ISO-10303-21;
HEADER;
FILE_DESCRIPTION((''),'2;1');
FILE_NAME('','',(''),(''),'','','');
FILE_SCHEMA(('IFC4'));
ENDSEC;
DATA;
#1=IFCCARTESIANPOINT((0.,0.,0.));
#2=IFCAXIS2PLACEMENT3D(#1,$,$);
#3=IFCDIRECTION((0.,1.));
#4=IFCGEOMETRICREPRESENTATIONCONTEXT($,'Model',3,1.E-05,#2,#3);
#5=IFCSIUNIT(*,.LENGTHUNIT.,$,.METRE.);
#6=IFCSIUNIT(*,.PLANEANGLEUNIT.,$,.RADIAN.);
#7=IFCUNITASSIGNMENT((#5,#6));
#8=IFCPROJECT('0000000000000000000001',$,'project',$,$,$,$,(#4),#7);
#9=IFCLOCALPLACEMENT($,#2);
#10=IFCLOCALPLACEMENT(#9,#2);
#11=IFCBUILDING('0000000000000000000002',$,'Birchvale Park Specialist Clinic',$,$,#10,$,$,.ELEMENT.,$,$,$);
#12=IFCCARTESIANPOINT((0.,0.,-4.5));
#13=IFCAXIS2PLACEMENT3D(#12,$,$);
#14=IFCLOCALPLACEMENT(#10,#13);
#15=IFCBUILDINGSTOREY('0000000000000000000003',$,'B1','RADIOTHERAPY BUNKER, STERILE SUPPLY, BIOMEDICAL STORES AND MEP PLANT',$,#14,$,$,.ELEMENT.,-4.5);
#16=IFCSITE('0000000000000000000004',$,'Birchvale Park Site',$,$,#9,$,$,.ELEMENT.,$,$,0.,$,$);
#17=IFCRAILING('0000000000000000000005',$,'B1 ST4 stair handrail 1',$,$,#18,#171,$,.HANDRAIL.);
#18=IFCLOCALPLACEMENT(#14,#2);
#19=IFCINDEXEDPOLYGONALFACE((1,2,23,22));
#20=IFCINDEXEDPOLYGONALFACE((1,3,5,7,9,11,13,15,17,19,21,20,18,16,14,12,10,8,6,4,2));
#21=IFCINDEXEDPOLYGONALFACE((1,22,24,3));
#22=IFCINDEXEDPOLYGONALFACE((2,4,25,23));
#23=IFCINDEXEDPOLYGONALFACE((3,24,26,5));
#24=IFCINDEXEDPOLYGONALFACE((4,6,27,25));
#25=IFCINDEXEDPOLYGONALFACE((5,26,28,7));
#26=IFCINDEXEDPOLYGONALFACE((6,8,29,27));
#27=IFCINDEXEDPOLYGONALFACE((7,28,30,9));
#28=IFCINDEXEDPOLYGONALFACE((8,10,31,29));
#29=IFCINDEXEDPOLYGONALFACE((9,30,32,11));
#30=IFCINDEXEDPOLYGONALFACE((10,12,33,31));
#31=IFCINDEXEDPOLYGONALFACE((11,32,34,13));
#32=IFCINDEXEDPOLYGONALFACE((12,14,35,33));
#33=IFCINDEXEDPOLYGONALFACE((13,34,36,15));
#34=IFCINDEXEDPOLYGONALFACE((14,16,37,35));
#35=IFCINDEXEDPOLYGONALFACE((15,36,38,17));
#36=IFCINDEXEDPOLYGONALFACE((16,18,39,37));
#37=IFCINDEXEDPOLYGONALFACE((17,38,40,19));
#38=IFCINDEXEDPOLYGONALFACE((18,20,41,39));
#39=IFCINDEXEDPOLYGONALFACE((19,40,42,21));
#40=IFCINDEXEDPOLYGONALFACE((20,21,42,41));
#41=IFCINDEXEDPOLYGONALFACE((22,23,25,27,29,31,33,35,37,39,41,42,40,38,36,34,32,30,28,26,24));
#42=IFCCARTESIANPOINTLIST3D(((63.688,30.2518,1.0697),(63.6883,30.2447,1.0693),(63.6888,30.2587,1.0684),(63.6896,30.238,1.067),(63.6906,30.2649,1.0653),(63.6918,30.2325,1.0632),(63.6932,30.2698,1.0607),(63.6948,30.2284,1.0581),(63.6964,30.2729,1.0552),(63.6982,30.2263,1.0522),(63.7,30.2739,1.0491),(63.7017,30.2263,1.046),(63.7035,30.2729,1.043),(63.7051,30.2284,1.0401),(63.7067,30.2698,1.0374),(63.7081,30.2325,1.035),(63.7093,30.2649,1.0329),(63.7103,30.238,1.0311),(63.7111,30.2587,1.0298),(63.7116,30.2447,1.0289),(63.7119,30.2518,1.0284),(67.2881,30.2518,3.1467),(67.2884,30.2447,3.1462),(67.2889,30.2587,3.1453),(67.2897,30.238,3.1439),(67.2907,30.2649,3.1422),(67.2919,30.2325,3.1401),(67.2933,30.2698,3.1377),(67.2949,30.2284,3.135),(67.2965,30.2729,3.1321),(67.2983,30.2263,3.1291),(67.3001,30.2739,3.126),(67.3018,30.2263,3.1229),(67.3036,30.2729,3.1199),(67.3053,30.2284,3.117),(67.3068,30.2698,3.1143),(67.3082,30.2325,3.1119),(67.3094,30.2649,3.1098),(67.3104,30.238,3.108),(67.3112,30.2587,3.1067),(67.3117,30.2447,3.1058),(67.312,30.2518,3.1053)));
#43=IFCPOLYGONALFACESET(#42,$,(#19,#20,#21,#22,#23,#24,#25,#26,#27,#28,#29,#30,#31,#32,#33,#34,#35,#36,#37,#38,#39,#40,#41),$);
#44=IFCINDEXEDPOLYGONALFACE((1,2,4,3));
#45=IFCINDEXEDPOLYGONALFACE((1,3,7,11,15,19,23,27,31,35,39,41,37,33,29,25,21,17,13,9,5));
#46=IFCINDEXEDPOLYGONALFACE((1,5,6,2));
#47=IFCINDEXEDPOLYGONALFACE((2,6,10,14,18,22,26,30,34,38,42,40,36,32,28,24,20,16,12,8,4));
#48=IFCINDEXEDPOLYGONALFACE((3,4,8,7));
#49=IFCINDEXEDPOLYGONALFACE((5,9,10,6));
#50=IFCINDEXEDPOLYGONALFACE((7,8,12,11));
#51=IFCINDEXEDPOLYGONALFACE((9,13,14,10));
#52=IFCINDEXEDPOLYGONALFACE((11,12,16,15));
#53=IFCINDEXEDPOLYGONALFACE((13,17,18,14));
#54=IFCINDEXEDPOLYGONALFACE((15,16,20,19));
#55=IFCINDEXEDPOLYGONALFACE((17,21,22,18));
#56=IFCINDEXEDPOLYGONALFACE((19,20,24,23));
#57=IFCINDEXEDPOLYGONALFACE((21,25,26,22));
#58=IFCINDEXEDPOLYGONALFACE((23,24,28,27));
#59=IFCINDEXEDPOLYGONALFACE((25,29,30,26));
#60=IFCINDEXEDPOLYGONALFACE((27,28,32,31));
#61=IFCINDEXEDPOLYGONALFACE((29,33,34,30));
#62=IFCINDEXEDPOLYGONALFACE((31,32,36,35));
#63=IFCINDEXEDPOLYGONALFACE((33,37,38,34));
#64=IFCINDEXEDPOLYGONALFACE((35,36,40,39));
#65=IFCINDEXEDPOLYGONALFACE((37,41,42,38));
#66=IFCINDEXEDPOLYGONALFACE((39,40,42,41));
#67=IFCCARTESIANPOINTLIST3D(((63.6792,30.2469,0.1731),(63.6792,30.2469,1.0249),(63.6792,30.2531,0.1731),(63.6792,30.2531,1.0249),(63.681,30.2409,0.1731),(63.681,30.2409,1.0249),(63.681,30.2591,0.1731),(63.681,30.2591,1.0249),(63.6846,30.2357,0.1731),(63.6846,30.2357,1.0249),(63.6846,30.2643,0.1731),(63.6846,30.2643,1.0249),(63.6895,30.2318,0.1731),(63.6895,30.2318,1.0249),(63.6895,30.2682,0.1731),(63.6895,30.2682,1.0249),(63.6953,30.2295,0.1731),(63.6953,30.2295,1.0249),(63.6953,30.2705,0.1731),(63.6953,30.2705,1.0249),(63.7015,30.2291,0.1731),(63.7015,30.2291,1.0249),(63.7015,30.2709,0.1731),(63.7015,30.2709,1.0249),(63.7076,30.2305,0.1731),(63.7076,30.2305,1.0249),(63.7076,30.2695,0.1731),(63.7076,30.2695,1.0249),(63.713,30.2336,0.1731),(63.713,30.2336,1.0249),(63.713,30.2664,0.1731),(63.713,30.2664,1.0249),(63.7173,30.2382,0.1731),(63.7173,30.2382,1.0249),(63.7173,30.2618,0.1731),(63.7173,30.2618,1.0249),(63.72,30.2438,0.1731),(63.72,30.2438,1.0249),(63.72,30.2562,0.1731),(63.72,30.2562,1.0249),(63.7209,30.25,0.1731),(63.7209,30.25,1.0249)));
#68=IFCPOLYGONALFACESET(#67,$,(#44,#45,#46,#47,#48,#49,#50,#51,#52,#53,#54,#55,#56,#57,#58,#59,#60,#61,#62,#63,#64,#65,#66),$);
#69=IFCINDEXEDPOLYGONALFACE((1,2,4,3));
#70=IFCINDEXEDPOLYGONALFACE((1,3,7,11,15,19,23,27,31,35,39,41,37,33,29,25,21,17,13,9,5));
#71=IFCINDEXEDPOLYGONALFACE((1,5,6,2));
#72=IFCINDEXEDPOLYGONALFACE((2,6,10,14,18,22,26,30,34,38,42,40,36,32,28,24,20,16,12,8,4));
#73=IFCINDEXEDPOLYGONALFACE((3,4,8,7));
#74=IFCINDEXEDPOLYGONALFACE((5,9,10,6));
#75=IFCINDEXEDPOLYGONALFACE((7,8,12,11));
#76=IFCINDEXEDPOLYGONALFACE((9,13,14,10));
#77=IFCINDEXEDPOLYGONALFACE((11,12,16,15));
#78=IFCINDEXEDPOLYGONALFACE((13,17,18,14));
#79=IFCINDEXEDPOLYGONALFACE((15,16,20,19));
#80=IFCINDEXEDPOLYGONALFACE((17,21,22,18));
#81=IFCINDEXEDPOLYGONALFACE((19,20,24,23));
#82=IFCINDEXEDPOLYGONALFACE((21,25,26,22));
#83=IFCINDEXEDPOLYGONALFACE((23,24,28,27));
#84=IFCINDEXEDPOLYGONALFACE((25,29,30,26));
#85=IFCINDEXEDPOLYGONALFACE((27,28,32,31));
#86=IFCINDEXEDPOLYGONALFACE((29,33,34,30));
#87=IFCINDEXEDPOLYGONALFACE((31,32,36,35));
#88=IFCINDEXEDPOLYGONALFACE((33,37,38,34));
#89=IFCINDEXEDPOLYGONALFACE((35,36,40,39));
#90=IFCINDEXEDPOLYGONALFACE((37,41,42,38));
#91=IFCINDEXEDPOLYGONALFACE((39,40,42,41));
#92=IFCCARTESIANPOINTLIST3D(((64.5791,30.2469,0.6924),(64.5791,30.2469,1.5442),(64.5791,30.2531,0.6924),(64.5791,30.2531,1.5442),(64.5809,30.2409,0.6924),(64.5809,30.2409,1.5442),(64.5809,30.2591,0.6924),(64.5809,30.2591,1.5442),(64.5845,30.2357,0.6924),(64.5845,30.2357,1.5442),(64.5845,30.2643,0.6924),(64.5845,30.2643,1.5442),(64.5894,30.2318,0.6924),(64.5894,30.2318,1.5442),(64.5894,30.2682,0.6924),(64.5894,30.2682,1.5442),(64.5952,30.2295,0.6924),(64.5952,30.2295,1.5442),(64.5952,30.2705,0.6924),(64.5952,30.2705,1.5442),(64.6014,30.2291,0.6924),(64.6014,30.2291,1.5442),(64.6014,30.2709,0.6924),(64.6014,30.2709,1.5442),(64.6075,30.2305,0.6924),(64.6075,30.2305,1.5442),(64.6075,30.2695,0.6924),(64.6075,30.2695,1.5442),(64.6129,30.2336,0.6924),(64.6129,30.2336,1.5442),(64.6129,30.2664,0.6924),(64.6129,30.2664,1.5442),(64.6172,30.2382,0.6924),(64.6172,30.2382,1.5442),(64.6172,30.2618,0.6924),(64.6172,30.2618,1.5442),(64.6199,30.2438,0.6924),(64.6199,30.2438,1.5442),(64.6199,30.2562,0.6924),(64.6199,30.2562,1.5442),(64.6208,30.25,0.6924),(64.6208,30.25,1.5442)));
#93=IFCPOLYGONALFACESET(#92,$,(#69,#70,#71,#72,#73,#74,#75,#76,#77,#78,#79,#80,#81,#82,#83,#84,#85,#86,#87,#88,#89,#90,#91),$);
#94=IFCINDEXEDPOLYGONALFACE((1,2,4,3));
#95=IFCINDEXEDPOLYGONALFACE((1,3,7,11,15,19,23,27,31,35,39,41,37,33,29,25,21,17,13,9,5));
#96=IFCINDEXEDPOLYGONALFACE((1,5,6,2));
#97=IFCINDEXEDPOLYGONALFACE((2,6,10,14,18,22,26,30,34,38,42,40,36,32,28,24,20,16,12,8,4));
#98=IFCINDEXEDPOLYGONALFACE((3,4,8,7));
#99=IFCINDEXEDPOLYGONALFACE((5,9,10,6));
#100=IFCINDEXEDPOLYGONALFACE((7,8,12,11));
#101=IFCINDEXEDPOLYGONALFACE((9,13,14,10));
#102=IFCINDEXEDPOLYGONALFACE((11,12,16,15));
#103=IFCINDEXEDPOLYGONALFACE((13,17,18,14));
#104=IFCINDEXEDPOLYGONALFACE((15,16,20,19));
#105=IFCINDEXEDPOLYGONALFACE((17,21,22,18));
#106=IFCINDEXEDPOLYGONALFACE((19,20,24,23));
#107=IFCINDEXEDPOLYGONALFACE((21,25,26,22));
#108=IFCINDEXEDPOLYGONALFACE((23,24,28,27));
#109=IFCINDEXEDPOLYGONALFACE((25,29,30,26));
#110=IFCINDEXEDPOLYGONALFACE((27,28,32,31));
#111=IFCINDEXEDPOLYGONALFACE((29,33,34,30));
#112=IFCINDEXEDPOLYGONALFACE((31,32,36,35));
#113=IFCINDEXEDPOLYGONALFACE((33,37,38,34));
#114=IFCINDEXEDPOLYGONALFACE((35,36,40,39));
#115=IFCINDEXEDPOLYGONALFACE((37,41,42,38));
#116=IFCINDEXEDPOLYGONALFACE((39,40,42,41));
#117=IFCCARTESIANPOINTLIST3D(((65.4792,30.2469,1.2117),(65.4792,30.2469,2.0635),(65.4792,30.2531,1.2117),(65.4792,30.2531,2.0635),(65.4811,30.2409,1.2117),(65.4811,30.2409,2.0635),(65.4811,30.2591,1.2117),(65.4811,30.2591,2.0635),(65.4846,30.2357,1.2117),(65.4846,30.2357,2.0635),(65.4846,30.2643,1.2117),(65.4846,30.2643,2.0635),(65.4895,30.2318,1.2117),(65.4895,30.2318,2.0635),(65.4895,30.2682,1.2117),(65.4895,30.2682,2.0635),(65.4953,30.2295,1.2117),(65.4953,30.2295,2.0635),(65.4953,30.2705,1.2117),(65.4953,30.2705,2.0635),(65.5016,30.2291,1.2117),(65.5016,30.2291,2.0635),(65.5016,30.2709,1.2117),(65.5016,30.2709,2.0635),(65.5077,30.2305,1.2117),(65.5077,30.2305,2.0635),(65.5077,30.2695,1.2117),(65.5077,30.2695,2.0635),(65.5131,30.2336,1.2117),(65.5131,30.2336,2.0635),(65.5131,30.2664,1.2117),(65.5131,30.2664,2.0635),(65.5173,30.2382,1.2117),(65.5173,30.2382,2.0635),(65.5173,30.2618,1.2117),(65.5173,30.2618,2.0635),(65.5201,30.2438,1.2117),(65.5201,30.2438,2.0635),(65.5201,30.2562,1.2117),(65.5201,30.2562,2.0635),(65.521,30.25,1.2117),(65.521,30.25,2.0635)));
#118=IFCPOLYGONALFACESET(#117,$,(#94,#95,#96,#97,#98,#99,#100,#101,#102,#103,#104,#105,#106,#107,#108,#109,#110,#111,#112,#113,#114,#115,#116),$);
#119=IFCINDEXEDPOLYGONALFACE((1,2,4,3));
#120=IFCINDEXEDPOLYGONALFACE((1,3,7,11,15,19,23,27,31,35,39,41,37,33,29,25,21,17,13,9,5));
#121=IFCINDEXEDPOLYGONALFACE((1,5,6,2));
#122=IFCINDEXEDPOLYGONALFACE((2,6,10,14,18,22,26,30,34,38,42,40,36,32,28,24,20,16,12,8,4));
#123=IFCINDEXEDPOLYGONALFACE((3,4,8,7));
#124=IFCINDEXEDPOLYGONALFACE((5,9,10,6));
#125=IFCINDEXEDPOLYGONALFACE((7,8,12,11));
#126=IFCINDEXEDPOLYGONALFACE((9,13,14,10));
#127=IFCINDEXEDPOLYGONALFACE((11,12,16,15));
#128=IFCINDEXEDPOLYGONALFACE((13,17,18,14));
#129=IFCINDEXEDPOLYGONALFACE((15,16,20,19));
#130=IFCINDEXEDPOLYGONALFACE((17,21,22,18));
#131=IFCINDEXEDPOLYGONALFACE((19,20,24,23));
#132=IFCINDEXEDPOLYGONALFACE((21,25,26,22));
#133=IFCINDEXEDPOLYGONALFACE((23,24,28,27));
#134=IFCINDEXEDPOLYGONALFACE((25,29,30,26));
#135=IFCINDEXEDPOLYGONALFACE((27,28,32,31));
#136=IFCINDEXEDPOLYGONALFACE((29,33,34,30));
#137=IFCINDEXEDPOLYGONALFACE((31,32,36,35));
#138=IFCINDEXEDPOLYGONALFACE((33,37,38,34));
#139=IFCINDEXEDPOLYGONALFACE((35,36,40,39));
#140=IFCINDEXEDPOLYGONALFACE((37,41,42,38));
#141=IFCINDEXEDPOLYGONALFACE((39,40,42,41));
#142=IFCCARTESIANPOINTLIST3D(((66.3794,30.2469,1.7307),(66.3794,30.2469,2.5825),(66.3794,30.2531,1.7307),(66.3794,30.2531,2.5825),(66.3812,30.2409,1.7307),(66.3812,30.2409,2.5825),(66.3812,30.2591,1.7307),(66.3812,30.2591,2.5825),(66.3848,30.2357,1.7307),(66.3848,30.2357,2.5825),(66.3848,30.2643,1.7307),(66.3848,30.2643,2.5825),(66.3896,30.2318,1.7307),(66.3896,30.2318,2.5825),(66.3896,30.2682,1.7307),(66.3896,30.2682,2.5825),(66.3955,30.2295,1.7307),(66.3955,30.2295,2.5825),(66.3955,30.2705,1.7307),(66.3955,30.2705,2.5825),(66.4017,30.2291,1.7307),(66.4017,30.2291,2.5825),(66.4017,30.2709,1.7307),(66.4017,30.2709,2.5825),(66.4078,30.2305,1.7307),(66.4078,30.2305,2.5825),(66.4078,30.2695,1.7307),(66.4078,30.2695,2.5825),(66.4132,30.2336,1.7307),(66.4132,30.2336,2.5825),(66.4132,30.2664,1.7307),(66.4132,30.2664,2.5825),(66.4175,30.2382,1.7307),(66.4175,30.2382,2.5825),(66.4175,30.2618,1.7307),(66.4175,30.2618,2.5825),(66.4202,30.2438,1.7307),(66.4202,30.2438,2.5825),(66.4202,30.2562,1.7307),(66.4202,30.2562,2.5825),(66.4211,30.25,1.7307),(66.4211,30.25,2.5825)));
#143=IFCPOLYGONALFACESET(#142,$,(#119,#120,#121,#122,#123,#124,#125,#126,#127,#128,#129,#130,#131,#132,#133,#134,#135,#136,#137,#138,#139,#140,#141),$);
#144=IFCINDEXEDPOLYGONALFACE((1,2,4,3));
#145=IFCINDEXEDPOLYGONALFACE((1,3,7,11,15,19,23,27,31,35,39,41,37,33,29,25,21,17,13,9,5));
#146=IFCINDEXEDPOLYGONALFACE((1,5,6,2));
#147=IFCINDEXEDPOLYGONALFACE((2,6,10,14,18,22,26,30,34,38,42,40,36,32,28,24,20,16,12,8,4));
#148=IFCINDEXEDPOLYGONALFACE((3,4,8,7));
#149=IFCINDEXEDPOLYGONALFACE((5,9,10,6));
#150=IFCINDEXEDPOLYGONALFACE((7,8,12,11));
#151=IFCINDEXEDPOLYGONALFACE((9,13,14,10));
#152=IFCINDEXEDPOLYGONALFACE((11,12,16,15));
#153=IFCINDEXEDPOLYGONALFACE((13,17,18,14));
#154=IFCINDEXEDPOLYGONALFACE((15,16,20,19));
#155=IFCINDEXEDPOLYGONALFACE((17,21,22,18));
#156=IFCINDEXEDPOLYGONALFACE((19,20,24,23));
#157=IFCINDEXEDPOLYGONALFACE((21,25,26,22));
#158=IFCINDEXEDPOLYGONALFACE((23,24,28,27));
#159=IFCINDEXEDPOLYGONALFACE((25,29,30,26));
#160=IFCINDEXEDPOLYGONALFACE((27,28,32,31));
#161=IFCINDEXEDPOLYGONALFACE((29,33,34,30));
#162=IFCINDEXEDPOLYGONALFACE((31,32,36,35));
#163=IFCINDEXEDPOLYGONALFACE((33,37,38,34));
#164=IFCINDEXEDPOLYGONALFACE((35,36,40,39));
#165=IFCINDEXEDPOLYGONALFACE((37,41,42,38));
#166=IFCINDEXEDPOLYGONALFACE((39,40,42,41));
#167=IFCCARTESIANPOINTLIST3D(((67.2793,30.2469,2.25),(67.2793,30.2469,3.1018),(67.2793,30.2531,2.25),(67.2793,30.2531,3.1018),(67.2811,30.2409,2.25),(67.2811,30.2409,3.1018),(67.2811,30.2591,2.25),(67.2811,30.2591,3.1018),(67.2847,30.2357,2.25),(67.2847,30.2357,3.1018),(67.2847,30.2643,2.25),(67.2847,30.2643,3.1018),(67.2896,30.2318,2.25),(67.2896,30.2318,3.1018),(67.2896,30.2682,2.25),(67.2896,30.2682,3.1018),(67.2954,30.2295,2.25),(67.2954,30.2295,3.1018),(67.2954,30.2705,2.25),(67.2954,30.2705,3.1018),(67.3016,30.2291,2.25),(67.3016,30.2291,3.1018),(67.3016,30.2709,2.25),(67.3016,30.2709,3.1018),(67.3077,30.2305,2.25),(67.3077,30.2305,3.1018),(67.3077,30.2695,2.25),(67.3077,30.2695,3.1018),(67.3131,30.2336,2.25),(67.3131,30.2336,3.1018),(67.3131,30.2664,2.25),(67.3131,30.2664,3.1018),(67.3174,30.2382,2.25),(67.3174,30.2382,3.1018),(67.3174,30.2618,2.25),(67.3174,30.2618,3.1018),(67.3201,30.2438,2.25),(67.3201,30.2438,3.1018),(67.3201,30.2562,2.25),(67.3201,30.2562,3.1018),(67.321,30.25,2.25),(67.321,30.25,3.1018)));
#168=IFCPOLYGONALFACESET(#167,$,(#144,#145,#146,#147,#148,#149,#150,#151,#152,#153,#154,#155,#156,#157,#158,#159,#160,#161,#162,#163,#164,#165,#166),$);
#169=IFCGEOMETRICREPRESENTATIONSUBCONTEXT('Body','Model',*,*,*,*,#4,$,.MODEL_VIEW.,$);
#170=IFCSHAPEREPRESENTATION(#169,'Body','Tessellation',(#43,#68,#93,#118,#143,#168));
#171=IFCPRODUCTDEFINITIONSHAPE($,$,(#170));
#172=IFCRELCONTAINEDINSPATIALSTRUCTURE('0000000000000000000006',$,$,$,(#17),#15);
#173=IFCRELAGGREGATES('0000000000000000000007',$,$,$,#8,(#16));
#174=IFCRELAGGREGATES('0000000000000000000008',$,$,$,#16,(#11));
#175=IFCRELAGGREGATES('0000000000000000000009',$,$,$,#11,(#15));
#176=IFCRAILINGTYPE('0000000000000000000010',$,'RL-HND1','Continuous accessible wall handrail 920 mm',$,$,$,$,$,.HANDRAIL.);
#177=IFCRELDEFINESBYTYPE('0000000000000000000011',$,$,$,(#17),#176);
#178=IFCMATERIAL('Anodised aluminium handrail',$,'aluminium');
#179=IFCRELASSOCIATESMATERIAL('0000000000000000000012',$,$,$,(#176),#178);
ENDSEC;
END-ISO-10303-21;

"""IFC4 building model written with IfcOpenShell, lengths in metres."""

from ifc_helpers import new_model, si_unit, direction, frame, origin, origin_2d, place, context, subcontext, project, spatial, circle, extrude, material, type_object, element, save


model = new_model("IFC4")

# Units and contexts
model_context = context("Model", 3, precision=1e-05, world=origin(), true_north=direction((0.0, 1.0)))
body_context = subcontext(model_context, "Body", "Model", "MODEL_VIEW")
ifc_project = project(units=[si_unit("LENGTHUNIT", "METRE"), si_unit("PLANEANGLEUNIT", "RADIAN")], contexts=[model_context])

# Site, building, storey
site_placement = place(None, origin())
site = spatial("IfcSite", under=ifc_project, at=site_placement, Name="Birchvale Park Site", CompositionType="ELEMENT", RefElevation=0.0)
building_placement = place(site_placement, origin())
building = spatial("IfcBuilding", under=site, at=building_placement, Name="Birchvale Park Specialist Clinic", CompositionType="ELEMENT")
storey_placement = place(building_placement, frame((0.0, 0.0, -4.5)))
storey = spatial("IfcBuildingStorey", under=building, at=storey_placement, Name="B1", Description="RADIOTHERAPY BUNKER, STERILE SUPPLY, BIOMEDICAL STORES AND MEP PLANT", CompositionType="ELEMENT", Elevation=-4.5)

# Railing
ifc_material_1 = material(Name="Anodised aluminium handrail", Category="aluminium")
railing_type_1 = type_object("IfcRailingType", Name="RL-HND1", Description="Continuous accessible wall handrail 920 mm", PredefinedType="HANDRAIL", material=ifc_material_1)
for number, where, name in (
    (1, (63.7, 30.25, 0.1731), "B1 ST4 stair handrail 1"),
):
    element("IfcRailing", number, at=place(storey_placement, frame(where)), inside=storey, type_object=railing_type_1, Name=name, PredefinedType="HANDRAIL", context=body_context, shape_type="SweptSolid", body=[
        extrude(circle(Radius=0.0239, at=origin_2d()), frame((0.0, 0.0, 0.876), z_axis=(0.866193, 0.0, 0.499709), x_axis=(0.0, 1.0, 0.0)), (0.0, 0.0, 1.0), 4.1562),
        extrude(circle(Radius=0.021, at=origin_2d()), origin(), (0.0, 0.0, 1.0), 0.8518),
        extrude(circle(Radius=0.021, at=origin_2d()), frame((0.8999, 0.0, 0.5193)), (0.0, 0.0, 1.0), 0.8518),
        extrude(circle(Radius=0.021, at=origin_2d()), frame((1.8, 0.0, 1.0386)), (0.0, 0.0, 1.0), 0.8518),
        extrude(circle(Radius=0.021, at=origin_2d()), frame((2.7002, 0.0, 1.5576)), (0.0, 0.0, 1.0), 0.8518),
        extrude(circle(Radius=0.021, at=origin_2d()), frame((3.6001, 0.0, 2.0769)), (0.0, 0.0, 1.0), 0.8518),
    ])

save(model, "model.ifc")
